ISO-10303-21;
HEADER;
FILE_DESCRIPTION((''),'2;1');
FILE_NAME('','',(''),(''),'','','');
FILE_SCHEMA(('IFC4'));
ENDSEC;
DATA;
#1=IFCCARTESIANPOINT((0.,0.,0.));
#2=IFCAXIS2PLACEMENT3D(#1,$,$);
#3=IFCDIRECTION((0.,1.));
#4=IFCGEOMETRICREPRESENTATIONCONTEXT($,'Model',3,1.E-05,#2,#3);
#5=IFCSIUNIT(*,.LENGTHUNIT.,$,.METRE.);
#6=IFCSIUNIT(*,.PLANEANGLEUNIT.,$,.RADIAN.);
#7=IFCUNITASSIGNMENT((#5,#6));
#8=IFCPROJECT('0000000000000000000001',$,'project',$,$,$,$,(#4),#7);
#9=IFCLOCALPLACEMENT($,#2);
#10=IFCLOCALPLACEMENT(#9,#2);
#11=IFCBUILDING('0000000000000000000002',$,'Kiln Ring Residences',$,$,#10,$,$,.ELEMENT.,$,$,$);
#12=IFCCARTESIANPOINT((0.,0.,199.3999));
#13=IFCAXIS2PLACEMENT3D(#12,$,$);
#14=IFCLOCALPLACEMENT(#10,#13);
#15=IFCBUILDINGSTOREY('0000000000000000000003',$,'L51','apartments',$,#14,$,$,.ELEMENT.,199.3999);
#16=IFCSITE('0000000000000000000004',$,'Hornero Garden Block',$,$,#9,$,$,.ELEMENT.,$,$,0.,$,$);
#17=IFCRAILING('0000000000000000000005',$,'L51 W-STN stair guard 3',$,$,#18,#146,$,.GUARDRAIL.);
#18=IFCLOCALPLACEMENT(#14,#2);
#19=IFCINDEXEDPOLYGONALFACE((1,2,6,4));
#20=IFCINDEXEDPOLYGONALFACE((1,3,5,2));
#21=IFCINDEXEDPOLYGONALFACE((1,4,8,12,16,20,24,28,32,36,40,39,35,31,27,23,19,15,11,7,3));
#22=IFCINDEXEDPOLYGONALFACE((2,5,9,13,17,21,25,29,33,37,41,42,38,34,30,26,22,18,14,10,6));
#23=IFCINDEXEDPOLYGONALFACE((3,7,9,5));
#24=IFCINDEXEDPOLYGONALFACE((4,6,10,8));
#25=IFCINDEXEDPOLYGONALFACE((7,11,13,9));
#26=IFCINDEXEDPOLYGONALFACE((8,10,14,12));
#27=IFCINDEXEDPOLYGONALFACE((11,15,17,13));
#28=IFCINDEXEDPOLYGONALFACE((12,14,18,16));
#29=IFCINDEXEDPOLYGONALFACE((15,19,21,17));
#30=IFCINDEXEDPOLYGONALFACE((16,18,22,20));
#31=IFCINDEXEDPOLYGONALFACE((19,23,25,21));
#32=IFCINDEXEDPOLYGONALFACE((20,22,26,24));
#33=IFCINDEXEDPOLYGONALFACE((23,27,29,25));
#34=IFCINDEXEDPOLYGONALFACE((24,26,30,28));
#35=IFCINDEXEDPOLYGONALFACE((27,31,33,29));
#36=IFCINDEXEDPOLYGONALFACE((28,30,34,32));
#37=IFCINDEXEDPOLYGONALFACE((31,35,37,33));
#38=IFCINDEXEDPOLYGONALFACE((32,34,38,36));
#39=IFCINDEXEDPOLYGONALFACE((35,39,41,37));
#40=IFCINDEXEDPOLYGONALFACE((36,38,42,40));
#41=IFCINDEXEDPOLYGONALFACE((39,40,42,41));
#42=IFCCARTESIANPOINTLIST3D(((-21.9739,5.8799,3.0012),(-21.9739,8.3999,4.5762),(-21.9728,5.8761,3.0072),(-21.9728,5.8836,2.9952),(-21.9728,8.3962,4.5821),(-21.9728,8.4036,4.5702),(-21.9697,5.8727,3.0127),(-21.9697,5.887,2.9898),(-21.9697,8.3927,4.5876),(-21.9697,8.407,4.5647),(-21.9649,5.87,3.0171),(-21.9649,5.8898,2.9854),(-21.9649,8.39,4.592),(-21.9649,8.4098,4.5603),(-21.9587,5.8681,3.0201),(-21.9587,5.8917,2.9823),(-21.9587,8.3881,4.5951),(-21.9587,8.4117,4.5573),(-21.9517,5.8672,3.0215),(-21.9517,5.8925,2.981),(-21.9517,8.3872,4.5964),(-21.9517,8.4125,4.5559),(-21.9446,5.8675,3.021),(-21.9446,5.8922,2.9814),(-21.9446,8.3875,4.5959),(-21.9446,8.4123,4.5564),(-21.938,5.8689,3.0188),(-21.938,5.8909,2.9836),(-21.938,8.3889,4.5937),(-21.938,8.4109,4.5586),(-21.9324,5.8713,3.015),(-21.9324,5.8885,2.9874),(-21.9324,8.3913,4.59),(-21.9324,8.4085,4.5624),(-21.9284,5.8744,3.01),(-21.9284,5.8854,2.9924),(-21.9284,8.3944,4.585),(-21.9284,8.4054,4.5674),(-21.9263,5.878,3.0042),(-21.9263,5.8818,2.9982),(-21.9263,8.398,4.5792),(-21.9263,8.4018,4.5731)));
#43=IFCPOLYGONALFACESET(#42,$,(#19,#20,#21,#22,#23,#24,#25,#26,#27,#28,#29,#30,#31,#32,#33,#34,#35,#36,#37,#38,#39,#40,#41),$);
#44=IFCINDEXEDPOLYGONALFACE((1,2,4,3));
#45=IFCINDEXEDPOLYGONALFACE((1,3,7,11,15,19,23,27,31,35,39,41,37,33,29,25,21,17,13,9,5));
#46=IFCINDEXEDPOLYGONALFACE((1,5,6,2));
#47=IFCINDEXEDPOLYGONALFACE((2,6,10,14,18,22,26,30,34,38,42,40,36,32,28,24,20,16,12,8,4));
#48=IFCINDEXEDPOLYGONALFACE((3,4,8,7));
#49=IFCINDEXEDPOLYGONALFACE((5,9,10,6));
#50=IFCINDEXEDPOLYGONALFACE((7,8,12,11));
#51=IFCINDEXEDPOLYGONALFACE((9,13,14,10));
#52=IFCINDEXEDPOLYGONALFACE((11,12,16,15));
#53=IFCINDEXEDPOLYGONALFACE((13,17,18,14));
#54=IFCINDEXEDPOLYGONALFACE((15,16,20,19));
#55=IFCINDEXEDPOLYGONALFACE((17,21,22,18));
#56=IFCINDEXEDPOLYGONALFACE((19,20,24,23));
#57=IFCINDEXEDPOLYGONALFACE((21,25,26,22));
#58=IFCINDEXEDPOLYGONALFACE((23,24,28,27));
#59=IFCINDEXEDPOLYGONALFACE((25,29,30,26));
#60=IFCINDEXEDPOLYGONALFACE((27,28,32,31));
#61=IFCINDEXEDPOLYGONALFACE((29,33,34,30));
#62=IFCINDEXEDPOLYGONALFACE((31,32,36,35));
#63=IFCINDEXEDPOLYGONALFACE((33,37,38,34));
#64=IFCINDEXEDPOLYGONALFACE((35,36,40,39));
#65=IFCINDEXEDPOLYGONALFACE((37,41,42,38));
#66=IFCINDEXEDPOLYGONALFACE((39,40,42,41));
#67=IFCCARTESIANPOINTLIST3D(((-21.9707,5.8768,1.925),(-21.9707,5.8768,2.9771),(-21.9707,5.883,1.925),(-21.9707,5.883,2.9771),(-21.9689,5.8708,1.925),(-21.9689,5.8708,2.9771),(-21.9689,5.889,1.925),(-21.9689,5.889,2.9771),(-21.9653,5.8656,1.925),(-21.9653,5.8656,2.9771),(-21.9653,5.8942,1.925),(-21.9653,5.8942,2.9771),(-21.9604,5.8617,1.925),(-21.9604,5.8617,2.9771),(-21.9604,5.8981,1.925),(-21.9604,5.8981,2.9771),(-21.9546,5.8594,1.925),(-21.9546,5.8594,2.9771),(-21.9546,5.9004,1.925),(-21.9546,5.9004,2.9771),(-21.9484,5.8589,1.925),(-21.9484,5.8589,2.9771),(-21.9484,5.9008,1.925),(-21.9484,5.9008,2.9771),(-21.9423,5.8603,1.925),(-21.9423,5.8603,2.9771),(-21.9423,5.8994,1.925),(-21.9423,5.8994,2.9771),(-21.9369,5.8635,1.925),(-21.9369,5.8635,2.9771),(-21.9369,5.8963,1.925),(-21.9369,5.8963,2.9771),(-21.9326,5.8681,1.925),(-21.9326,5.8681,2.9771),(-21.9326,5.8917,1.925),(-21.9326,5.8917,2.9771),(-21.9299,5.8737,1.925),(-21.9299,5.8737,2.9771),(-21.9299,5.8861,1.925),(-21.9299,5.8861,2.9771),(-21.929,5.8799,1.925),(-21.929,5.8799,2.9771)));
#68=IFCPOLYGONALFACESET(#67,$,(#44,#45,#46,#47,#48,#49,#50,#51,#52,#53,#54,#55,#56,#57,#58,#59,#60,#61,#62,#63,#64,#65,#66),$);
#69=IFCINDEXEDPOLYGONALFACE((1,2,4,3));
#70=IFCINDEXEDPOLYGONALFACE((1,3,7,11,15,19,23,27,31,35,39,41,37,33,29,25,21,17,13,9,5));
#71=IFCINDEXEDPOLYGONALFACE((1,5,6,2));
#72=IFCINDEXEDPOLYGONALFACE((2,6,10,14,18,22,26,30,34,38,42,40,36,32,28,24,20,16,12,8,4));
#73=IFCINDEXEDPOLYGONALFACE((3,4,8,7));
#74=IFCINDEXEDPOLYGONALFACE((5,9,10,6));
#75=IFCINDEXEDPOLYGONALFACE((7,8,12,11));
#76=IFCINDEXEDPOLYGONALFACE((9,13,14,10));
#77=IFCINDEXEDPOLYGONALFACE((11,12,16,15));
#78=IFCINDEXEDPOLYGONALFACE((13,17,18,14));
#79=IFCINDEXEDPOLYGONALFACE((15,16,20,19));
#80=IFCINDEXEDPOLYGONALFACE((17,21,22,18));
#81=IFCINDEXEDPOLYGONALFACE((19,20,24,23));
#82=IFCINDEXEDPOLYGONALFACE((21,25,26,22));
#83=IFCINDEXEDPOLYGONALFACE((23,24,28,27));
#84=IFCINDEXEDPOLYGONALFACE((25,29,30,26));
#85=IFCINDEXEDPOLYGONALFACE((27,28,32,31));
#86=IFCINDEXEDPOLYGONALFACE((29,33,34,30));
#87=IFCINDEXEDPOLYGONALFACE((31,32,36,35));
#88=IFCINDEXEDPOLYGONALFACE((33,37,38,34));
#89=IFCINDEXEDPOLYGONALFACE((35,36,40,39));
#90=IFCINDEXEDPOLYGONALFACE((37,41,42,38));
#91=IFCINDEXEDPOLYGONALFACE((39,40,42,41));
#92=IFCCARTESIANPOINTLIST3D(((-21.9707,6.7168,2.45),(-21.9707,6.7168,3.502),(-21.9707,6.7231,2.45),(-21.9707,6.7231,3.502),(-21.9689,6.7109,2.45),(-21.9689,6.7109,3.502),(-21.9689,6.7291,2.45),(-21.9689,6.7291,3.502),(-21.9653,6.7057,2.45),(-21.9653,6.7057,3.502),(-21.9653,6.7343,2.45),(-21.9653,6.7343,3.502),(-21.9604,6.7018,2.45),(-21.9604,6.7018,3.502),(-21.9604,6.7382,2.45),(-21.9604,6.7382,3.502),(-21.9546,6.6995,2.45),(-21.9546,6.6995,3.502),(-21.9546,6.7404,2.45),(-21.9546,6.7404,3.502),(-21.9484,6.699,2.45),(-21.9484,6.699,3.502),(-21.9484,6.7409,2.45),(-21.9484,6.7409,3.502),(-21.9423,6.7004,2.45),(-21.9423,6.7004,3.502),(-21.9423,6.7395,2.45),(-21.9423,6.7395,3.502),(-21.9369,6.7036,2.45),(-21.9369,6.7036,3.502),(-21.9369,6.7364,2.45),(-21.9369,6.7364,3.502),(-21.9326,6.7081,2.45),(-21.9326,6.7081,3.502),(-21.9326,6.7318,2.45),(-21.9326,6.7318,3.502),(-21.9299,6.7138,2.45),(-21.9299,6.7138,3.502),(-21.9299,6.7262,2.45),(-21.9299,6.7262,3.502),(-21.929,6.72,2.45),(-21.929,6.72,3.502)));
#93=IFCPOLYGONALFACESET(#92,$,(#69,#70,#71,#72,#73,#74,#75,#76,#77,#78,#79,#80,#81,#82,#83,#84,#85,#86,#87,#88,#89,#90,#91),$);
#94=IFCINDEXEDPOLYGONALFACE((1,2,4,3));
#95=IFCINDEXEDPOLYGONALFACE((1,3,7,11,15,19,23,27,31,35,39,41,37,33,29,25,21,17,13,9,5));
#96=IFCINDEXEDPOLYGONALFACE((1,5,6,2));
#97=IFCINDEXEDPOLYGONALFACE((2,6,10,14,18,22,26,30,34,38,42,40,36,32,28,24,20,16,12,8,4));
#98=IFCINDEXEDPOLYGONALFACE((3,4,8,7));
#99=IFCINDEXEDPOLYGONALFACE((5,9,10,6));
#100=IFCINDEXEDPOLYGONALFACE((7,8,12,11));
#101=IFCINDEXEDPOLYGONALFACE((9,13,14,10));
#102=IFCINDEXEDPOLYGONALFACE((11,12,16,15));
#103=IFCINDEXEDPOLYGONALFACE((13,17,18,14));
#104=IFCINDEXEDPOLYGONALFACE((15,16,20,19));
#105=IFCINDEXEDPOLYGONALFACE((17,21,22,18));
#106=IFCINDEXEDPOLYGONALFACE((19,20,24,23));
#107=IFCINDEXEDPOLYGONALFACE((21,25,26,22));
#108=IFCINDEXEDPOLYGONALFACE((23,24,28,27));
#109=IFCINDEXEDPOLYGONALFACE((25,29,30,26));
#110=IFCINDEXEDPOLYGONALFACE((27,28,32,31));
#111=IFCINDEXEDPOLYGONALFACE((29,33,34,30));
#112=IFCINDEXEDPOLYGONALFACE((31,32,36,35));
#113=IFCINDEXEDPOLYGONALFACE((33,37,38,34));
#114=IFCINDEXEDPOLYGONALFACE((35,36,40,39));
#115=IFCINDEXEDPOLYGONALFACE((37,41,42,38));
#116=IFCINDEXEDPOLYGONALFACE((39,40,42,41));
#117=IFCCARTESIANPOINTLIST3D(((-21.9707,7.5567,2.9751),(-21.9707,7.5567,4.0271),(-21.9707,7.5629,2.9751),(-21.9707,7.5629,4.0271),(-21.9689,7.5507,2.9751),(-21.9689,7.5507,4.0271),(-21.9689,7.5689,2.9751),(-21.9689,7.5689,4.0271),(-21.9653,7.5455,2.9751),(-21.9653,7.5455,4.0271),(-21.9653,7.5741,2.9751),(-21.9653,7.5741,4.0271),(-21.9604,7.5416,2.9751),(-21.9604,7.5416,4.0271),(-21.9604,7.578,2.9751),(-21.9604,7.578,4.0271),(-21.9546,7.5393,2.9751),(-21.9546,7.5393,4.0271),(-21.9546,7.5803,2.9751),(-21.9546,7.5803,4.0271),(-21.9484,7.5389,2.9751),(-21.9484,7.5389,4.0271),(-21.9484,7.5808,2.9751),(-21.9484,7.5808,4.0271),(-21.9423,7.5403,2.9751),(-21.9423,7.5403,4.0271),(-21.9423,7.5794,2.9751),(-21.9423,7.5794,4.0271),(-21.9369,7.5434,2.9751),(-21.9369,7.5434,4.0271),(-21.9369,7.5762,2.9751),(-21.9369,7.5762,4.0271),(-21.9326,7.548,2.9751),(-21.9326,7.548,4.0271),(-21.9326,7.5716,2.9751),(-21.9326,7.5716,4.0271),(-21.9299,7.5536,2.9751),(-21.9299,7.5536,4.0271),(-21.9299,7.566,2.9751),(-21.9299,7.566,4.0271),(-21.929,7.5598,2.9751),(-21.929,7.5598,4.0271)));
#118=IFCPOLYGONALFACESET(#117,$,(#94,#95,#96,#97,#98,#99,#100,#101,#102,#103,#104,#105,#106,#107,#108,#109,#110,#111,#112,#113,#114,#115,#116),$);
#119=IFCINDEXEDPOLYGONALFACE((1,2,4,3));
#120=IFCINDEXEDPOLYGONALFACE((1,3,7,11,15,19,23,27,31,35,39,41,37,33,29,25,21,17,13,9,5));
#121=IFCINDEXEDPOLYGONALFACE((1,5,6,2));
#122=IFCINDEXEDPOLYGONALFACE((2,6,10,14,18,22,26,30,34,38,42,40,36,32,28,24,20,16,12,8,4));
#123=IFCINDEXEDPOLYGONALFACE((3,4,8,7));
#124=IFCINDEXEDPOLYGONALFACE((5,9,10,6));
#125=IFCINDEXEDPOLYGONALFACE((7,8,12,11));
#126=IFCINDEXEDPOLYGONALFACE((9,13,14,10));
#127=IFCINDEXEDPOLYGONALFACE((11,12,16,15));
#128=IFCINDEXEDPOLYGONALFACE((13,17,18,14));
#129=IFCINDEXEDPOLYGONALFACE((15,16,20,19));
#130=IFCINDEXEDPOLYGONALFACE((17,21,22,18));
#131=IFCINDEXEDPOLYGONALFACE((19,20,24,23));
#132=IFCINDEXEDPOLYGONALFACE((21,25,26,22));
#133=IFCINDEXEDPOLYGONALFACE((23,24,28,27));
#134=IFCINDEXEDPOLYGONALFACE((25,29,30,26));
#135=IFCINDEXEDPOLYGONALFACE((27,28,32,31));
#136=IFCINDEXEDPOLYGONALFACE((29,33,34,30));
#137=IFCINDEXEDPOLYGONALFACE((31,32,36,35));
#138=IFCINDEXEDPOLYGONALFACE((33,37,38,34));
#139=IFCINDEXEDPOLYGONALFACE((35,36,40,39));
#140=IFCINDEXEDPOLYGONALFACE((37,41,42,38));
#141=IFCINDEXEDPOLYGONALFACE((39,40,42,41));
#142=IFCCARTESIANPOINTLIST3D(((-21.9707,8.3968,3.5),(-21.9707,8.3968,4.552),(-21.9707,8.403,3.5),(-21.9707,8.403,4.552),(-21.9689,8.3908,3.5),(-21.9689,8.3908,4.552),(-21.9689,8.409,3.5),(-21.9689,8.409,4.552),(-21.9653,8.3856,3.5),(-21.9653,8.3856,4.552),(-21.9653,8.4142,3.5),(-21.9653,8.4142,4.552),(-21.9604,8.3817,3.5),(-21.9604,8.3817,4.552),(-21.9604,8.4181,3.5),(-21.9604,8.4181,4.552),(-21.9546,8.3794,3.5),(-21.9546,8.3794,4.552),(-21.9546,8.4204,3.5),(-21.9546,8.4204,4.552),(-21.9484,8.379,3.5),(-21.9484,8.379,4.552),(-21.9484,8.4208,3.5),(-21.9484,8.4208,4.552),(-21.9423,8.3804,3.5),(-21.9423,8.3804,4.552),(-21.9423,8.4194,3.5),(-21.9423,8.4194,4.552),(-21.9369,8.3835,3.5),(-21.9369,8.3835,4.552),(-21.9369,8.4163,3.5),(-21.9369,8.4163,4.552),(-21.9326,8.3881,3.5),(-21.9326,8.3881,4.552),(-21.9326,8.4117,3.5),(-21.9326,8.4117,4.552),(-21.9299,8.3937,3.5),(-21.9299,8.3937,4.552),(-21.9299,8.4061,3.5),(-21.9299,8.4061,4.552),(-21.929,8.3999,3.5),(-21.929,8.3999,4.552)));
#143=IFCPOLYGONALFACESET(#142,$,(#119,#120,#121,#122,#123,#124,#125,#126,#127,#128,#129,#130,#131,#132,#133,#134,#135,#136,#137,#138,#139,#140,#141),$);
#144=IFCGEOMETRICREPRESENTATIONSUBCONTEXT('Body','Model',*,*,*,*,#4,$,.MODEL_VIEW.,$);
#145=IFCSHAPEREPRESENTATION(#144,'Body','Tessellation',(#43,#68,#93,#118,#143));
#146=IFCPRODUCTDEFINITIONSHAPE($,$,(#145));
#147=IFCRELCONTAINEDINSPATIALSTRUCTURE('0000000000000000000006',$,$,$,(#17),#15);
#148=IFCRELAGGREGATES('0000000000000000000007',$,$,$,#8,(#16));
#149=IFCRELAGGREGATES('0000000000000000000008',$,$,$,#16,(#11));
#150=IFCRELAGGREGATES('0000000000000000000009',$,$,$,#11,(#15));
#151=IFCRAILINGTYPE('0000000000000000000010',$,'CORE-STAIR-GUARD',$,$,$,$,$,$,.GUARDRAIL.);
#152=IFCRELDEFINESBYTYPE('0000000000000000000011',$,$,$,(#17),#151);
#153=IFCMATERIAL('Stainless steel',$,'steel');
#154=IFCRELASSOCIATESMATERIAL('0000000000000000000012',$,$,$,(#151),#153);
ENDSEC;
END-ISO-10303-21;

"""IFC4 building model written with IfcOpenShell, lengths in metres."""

from ifc_helpers import new_model, si_unit, direction, frame, origin, origin_2d, place, context, subcontext, project, spatial, circle, extrude, material, type_object, element, save


model = new_model("IFC4")

# Units and contexts
model_context = context("Model", 3, precision=1e-05, world=origin(), true_north=direction((0.0, 1.0)))
body_context = subcontext(model_context, "Body", "Model", "MODEL_VIEW")
ifc_project = project(units=[si_unit("LENGTHUNIT", "METRE"), si_unit("PLANEANGLEUNIT", "RADIAN")], contexts=[model_context])

# Site, building, storey
site_placement = place(None, origin())
site = spatial("IfcSite", under=ifc_project, at=site_placement, Name="Hornero Garden Block", CompositionType="ELEMENT", RefElevation=0.0)
building_placement = place(site_placement, origin())
building = spatial("IfcBuilding", under=site, at=building_placement, Name="Kiln Ring Residences", CompositionType="ELEMENT")
storey_placement = place(building_placement, frame((0.0, 0.0, 199.3999)))
storey = spatial("IfcBuildingStorey", under=building, at=storey_placement, Name="L51", Description="apartments", CompositionType="ELEMENT", Elevation=199.3999)

# Railing
ifc_material_1 = material(Name="Stainless steel", Category="steel")
railing_type_1 = type_object("IfcRailingType", Name="CORE-STAIR-GUARD", PredefinedType="GUARDRAIL", material=ifc_material_1)
railing_1_placement = place(storey_placement, frame((-21.95, 5.8799, 1.925)))
element("IfcRailing", 1, at=railing_1_placement, inside=storey, type_object=railing_type_1, Name="L51 W-STN stair guard 3", PredefinedType="GUARDRAIL", context=body_context, shape_type="SweptSolid", body=[
    extrude(circle(Radius=0.0239, at=origin_2d()), frame((0.0, 0.0, 1.0762), z_axis=(0.0, 0.848008, 0.529984), x_axis=(-1.0, 0.0, 0.0)), (0.0, 0.0, 1.0), 2.9717),
    extrude(circle(Radius=0.021, at=origin_2d()), origin(), (0.0, 0.0, 1.0), 1.052),
    extrude(circle(Radius=0.021, at=origin_2d()), frame((0.0, 0.8401, 0.5249)), (0.0, 0.0, 1.0), 1.052),
    extrude(circle(Radius=0.021, at=origin_2d()), frame((0.0, 1.6799, 1.05)), (0.0, 0.0, 1.0), 1.052),
    extrude(circle(Radius=0.021, at=origin_2d()), frame((0.0, 2.52, 1.575)), (0.0, 0.0, 1.0), 1.052),
])

save(model, "model.ifc")
